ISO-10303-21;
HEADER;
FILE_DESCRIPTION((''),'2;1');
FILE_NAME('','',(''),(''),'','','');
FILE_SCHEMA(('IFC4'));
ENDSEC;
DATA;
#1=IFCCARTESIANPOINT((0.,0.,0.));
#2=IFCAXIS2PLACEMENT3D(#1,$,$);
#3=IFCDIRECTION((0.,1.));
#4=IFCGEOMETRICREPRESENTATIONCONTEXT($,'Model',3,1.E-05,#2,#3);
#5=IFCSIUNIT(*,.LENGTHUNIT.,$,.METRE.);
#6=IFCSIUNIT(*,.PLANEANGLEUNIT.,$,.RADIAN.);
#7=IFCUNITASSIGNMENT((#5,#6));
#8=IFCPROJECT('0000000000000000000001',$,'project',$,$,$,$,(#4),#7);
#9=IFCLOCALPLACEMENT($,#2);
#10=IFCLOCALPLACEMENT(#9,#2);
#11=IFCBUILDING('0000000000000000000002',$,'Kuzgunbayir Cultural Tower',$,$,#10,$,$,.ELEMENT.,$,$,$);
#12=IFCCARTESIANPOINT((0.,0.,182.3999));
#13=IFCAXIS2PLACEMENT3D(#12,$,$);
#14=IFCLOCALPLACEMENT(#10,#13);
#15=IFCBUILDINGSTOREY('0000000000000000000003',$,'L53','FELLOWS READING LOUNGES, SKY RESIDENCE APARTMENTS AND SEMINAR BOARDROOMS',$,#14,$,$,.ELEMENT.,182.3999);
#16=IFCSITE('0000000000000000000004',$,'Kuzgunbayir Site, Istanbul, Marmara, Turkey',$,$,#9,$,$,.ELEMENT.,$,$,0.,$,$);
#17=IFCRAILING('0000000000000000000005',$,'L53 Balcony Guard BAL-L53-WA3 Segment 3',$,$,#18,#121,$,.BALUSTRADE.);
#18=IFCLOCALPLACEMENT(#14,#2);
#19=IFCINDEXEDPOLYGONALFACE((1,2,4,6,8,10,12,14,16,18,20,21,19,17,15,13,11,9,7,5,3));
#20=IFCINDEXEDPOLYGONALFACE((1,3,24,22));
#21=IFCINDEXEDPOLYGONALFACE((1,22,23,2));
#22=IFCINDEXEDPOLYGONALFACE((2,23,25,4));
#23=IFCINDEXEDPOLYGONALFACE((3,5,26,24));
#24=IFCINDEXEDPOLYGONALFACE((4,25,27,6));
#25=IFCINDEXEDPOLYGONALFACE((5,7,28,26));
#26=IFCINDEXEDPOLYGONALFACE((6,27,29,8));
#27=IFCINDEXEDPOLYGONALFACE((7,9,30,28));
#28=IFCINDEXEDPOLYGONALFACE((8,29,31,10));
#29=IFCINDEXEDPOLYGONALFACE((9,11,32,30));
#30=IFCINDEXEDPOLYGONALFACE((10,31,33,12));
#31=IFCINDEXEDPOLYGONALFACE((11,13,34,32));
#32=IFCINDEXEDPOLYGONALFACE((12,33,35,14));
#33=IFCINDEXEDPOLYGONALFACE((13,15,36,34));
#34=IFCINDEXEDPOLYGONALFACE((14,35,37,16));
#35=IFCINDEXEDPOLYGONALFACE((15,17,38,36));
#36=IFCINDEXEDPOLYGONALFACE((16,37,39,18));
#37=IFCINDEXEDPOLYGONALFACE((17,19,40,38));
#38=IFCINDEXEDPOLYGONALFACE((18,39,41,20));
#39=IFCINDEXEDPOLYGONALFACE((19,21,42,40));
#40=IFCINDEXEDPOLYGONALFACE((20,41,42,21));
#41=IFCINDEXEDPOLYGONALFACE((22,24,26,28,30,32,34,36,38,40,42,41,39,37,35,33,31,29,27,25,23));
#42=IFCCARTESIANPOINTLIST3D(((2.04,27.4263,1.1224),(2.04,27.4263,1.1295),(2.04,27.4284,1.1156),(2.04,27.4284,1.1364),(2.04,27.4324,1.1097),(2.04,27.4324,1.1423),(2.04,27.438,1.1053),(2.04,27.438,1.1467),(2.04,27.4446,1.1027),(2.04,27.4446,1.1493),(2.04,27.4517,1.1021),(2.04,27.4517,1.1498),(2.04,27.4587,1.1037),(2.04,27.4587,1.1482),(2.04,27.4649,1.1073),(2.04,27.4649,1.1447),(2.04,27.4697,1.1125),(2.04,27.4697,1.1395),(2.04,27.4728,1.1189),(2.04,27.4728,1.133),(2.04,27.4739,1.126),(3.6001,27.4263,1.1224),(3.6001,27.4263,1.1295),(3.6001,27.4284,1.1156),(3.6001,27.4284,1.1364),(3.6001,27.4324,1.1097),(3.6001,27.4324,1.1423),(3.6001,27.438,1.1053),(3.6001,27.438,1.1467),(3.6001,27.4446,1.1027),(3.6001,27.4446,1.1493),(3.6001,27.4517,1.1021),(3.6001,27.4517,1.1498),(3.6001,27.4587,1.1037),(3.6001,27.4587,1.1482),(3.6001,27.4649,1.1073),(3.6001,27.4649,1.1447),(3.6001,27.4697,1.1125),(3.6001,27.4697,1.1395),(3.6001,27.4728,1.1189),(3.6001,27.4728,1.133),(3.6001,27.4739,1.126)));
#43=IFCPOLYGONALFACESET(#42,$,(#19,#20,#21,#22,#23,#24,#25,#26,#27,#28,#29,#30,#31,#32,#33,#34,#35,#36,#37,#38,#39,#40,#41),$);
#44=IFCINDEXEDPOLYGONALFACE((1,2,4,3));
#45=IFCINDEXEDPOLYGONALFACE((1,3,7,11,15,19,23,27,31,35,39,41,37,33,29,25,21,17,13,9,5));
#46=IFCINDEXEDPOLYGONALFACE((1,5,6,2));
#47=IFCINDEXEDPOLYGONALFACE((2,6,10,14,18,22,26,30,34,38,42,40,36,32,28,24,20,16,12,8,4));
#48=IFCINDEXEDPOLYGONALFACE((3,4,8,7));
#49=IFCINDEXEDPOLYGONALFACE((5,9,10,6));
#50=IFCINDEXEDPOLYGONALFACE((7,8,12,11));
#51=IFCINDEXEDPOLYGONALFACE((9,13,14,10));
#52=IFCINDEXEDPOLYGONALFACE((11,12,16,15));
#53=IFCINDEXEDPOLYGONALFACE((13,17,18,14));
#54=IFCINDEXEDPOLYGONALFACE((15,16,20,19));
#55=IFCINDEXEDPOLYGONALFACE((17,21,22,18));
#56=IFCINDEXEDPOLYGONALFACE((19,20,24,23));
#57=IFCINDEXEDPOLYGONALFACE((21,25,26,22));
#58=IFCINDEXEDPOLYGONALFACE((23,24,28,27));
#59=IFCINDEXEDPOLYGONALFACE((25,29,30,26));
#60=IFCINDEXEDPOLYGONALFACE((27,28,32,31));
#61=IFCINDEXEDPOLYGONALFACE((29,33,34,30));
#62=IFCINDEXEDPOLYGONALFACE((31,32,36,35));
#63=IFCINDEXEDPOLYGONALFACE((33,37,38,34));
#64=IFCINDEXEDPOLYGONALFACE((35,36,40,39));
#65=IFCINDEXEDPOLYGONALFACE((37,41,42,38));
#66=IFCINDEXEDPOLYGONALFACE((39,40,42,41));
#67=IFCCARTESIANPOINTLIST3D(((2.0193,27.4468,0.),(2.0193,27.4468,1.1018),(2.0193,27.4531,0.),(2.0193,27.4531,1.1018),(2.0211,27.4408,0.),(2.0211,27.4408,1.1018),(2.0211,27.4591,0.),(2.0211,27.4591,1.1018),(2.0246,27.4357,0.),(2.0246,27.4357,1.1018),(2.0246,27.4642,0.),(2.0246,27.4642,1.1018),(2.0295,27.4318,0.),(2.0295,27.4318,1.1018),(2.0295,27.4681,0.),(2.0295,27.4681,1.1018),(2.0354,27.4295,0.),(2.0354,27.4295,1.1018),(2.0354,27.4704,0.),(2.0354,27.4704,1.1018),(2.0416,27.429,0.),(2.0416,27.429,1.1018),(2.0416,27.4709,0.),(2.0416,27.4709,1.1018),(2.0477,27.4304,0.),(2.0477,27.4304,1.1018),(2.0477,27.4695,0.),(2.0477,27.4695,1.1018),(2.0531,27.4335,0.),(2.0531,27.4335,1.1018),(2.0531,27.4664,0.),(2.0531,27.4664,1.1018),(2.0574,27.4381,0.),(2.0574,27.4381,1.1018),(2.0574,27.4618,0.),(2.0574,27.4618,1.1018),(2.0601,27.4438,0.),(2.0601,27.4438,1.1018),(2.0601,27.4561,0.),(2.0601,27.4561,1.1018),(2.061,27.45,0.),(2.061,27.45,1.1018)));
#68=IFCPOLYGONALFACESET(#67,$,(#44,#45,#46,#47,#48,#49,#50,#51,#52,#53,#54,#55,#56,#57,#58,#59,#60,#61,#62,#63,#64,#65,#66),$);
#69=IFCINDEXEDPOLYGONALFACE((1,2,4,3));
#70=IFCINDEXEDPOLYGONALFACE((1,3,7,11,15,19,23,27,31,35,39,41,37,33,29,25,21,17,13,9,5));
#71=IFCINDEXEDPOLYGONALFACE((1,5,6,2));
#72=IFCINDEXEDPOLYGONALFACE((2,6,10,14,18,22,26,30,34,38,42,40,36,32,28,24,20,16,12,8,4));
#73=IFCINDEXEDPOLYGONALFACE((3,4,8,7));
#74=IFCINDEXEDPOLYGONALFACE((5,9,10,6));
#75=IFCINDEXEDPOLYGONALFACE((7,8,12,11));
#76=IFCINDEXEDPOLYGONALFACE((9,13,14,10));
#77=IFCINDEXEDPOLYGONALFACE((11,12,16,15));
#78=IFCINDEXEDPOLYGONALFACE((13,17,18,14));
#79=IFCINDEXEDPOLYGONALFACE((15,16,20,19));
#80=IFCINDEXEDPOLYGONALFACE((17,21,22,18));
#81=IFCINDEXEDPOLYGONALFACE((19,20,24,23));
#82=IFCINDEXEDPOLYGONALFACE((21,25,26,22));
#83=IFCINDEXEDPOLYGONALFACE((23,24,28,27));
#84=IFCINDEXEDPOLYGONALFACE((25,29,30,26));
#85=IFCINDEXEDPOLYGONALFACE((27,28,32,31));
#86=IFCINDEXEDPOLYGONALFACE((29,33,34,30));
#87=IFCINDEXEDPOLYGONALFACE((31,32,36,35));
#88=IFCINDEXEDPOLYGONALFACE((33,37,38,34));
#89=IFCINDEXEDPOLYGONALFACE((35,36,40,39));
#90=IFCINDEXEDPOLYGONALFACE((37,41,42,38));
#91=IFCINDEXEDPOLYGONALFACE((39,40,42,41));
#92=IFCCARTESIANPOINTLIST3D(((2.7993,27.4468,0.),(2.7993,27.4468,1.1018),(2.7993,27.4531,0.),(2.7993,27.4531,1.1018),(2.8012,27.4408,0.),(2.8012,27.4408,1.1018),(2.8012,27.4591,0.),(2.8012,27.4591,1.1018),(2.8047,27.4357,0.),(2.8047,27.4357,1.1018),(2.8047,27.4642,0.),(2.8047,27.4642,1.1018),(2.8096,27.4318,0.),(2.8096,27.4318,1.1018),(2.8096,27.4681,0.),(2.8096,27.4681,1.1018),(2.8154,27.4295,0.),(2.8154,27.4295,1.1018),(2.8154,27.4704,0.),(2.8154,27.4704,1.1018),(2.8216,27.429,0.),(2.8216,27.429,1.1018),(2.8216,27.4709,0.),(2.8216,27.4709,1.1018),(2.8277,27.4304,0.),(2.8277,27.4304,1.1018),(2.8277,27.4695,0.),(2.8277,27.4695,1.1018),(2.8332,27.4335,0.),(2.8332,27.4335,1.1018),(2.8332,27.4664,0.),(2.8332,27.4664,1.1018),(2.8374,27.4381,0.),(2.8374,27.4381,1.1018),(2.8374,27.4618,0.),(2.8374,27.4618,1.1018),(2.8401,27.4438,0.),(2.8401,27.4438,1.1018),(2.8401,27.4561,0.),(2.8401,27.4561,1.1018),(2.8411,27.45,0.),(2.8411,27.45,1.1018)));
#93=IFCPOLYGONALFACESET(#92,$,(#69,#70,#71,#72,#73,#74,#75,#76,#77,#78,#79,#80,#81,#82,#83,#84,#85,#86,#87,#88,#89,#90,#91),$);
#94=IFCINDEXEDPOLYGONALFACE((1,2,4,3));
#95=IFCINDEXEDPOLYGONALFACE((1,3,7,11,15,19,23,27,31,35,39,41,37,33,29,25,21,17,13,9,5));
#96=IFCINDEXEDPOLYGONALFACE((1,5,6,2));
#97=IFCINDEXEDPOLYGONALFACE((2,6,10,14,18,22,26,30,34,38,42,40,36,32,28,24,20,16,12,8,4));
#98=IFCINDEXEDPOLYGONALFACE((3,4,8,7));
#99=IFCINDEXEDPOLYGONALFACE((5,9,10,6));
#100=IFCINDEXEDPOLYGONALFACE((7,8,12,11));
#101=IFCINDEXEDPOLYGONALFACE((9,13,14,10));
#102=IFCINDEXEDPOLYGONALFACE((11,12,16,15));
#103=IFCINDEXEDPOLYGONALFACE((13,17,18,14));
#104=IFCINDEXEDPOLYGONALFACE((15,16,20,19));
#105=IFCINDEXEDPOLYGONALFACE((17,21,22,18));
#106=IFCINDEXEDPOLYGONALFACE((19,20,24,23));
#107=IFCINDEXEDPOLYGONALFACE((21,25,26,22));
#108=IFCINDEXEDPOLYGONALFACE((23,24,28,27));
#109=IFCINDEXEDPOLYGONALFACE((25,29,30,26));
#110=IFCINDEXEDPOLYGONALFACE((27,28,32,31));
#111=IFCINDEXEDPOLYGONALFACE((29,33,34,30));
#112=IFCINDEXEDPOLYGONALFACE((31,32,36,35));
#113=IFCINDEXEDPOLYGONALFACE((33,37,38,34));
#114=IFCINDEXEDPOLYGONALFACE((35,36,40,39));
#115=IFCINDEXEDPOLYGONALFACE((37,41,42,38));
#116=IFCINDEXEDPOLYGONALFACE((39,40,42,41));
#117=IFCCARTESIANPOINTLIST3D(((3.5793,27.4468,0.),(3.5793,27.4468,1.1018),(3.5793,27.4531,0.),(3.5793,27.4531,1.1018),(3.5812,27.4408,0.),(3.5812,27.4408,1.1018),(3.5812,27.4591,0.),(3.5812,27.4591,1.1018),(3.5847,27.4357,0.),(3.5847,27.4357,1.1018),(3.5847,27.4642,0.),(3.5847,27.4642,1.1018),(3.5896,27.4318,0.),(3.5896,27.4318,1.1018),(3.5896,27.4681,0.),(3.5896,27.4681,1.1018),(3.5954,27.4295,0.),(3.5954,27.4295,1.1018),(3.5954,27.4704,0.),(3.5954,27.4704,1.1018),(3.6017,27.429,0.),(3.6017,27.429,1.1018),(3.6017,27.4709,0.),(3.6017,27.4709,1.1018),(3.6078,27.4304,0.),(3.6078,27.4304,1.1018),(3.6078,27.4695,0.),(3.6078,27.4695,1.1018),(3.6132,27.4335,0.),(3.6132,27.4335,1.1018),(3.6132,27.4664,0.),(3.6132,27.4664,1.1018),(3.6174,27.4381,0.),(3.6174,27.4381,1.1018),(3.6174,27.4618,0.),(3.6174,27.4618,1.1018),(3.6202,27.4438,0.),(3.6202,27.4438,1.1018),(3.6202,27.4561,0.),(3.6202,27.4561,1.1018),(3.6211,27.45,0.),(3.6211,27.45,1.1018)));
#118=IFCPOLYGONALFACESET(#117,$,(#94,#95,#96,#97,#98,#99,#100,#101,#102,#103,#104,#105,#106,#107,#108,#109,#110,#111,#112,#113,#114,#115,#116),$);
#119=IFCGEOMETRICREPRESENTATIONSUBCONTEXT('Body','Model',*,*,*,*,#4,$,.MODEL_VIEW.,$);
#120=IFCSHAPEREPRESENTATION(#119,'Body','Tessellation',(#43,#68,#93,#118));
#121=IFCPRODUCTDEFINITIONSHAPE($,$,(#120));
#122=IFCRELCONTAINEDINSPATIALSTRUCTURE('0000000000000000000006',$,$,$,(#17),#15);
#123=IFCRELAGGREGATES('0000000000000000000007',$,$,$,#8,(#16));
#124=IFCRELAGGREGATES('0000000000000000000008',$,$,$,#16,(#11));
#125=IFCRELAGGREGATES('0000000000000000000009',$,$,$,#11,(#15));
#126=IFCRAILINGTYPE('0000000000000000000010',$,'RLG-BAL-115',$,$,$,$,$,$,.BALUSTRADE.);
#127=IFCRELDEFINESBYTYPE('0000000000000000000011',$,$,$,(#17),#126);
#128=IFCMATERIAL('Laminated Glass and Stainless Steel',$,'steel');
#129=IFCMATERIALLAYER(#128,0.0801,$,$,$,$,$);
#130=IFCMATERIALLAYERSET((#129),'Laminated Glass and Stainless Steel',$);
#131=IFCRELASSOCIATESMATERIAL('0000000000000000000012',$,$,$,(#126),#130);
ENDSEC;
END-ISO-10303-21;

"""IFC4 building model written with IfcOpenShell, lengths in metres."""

from ifc_helpers import new_model, si_unit, direction, frame, origin, origin_2d, place, context, subcontext, project, spatial, circle, extrude, material, layer, layer_set, type_object, element, save


model = new_model("IFC4")

# Units and contexts
model_context = context("Model", 3, precision=1e-05, world=origin(), true_north=direction((0.0, 1.0)))
body_context = subcontext(model_context, "Body", "Model", "MODEL_VIEW")
ifc_project = project(units=[si_unit("LENGTHUNIT", "METRE"), si_unit("PLANEANGLEUNIT", "RADIAN")], contexts=[model_context])

# Site, building, storey
site_placement = place(None, origin())
site = spatial("IfcSite", under=ifc_project, at=site_placement, Name="Kuzgunbayir Site, Istanbul, Marmara, Turkey", CompositionType="ELEMENT", RefElevation=0.0)
building_placement = place(site_placement, origin())
building = spatial("IfcBuilding", under=site, at=building_placement, Name="Kuzgunbayir Cultural Tower", CompositionType="ELEMENT")
storey_placement = place(building_placement, frame((0.0, 0.0, 182.3999)))
storey = spatial("IfcBuildingStorey", under=building, at=storey_placement, Name="L53", Description="FELLOWS READING LOUNGES, SKY RESIDENCE APARTMENTS AND SEMINAR BOARDROOMS", CompositionType="ELEMENT", Elevation=182.3999)

# Railing
ifc_material_1 = material(Name="Laminated Glass and Stainless Steel", Category="steel")
ifc_layer_1 = layer(ifc_material_1, 0.0801)
ifc_layer_set_1 = layer_set([ifc_layer_1], Name="Laminated Glass and Stainless Steel")
railing_type = type_object("IfcRailingType", Name="RLG-BAL-115", PredefinedType="BALUSTRADE", material=ifc_layer_set_1)
railing_1_placement = place(storey_placement, frame((2.04, 27.45, 0.0)))
element("IfcRailing", 1, at=railing_1_placement, inside=storey, type_object=railing_type, Name="L53 Balcony Guard BAL-L53-WA3 Segment 3", PredefinedType="BALUSTRADE", context=body_context, shape_type="SweptSolid", body=[
    extrude(circle(Radius=0.0239, at=origin_2d()), frame((0.0, 0.0, 1.126), z_axis=(1.0, 0.0, 0.0), x_axis=(0.0, 1.0, 0.0)), (0.0, 0.0, 1.0), 1.5601),
    extrude(circle(Radius=0.021, at=origin_2d()), origin(), (0.0, 0.0, 1.0), 1.1018),
    extrude(circle(Radius=0.021, at=origin_2d()), frame((0.78, 0.0, 0.0)), (0.0, 0.0, 1.0), 1.1018),
    extrude(circle(Radius=0.021, at=origin_2d()), frame((1.5601, 0.0, 0.0)), (0.0, 0.0, 1.0), 1.1018),
])

save(model, "model.ifc")
